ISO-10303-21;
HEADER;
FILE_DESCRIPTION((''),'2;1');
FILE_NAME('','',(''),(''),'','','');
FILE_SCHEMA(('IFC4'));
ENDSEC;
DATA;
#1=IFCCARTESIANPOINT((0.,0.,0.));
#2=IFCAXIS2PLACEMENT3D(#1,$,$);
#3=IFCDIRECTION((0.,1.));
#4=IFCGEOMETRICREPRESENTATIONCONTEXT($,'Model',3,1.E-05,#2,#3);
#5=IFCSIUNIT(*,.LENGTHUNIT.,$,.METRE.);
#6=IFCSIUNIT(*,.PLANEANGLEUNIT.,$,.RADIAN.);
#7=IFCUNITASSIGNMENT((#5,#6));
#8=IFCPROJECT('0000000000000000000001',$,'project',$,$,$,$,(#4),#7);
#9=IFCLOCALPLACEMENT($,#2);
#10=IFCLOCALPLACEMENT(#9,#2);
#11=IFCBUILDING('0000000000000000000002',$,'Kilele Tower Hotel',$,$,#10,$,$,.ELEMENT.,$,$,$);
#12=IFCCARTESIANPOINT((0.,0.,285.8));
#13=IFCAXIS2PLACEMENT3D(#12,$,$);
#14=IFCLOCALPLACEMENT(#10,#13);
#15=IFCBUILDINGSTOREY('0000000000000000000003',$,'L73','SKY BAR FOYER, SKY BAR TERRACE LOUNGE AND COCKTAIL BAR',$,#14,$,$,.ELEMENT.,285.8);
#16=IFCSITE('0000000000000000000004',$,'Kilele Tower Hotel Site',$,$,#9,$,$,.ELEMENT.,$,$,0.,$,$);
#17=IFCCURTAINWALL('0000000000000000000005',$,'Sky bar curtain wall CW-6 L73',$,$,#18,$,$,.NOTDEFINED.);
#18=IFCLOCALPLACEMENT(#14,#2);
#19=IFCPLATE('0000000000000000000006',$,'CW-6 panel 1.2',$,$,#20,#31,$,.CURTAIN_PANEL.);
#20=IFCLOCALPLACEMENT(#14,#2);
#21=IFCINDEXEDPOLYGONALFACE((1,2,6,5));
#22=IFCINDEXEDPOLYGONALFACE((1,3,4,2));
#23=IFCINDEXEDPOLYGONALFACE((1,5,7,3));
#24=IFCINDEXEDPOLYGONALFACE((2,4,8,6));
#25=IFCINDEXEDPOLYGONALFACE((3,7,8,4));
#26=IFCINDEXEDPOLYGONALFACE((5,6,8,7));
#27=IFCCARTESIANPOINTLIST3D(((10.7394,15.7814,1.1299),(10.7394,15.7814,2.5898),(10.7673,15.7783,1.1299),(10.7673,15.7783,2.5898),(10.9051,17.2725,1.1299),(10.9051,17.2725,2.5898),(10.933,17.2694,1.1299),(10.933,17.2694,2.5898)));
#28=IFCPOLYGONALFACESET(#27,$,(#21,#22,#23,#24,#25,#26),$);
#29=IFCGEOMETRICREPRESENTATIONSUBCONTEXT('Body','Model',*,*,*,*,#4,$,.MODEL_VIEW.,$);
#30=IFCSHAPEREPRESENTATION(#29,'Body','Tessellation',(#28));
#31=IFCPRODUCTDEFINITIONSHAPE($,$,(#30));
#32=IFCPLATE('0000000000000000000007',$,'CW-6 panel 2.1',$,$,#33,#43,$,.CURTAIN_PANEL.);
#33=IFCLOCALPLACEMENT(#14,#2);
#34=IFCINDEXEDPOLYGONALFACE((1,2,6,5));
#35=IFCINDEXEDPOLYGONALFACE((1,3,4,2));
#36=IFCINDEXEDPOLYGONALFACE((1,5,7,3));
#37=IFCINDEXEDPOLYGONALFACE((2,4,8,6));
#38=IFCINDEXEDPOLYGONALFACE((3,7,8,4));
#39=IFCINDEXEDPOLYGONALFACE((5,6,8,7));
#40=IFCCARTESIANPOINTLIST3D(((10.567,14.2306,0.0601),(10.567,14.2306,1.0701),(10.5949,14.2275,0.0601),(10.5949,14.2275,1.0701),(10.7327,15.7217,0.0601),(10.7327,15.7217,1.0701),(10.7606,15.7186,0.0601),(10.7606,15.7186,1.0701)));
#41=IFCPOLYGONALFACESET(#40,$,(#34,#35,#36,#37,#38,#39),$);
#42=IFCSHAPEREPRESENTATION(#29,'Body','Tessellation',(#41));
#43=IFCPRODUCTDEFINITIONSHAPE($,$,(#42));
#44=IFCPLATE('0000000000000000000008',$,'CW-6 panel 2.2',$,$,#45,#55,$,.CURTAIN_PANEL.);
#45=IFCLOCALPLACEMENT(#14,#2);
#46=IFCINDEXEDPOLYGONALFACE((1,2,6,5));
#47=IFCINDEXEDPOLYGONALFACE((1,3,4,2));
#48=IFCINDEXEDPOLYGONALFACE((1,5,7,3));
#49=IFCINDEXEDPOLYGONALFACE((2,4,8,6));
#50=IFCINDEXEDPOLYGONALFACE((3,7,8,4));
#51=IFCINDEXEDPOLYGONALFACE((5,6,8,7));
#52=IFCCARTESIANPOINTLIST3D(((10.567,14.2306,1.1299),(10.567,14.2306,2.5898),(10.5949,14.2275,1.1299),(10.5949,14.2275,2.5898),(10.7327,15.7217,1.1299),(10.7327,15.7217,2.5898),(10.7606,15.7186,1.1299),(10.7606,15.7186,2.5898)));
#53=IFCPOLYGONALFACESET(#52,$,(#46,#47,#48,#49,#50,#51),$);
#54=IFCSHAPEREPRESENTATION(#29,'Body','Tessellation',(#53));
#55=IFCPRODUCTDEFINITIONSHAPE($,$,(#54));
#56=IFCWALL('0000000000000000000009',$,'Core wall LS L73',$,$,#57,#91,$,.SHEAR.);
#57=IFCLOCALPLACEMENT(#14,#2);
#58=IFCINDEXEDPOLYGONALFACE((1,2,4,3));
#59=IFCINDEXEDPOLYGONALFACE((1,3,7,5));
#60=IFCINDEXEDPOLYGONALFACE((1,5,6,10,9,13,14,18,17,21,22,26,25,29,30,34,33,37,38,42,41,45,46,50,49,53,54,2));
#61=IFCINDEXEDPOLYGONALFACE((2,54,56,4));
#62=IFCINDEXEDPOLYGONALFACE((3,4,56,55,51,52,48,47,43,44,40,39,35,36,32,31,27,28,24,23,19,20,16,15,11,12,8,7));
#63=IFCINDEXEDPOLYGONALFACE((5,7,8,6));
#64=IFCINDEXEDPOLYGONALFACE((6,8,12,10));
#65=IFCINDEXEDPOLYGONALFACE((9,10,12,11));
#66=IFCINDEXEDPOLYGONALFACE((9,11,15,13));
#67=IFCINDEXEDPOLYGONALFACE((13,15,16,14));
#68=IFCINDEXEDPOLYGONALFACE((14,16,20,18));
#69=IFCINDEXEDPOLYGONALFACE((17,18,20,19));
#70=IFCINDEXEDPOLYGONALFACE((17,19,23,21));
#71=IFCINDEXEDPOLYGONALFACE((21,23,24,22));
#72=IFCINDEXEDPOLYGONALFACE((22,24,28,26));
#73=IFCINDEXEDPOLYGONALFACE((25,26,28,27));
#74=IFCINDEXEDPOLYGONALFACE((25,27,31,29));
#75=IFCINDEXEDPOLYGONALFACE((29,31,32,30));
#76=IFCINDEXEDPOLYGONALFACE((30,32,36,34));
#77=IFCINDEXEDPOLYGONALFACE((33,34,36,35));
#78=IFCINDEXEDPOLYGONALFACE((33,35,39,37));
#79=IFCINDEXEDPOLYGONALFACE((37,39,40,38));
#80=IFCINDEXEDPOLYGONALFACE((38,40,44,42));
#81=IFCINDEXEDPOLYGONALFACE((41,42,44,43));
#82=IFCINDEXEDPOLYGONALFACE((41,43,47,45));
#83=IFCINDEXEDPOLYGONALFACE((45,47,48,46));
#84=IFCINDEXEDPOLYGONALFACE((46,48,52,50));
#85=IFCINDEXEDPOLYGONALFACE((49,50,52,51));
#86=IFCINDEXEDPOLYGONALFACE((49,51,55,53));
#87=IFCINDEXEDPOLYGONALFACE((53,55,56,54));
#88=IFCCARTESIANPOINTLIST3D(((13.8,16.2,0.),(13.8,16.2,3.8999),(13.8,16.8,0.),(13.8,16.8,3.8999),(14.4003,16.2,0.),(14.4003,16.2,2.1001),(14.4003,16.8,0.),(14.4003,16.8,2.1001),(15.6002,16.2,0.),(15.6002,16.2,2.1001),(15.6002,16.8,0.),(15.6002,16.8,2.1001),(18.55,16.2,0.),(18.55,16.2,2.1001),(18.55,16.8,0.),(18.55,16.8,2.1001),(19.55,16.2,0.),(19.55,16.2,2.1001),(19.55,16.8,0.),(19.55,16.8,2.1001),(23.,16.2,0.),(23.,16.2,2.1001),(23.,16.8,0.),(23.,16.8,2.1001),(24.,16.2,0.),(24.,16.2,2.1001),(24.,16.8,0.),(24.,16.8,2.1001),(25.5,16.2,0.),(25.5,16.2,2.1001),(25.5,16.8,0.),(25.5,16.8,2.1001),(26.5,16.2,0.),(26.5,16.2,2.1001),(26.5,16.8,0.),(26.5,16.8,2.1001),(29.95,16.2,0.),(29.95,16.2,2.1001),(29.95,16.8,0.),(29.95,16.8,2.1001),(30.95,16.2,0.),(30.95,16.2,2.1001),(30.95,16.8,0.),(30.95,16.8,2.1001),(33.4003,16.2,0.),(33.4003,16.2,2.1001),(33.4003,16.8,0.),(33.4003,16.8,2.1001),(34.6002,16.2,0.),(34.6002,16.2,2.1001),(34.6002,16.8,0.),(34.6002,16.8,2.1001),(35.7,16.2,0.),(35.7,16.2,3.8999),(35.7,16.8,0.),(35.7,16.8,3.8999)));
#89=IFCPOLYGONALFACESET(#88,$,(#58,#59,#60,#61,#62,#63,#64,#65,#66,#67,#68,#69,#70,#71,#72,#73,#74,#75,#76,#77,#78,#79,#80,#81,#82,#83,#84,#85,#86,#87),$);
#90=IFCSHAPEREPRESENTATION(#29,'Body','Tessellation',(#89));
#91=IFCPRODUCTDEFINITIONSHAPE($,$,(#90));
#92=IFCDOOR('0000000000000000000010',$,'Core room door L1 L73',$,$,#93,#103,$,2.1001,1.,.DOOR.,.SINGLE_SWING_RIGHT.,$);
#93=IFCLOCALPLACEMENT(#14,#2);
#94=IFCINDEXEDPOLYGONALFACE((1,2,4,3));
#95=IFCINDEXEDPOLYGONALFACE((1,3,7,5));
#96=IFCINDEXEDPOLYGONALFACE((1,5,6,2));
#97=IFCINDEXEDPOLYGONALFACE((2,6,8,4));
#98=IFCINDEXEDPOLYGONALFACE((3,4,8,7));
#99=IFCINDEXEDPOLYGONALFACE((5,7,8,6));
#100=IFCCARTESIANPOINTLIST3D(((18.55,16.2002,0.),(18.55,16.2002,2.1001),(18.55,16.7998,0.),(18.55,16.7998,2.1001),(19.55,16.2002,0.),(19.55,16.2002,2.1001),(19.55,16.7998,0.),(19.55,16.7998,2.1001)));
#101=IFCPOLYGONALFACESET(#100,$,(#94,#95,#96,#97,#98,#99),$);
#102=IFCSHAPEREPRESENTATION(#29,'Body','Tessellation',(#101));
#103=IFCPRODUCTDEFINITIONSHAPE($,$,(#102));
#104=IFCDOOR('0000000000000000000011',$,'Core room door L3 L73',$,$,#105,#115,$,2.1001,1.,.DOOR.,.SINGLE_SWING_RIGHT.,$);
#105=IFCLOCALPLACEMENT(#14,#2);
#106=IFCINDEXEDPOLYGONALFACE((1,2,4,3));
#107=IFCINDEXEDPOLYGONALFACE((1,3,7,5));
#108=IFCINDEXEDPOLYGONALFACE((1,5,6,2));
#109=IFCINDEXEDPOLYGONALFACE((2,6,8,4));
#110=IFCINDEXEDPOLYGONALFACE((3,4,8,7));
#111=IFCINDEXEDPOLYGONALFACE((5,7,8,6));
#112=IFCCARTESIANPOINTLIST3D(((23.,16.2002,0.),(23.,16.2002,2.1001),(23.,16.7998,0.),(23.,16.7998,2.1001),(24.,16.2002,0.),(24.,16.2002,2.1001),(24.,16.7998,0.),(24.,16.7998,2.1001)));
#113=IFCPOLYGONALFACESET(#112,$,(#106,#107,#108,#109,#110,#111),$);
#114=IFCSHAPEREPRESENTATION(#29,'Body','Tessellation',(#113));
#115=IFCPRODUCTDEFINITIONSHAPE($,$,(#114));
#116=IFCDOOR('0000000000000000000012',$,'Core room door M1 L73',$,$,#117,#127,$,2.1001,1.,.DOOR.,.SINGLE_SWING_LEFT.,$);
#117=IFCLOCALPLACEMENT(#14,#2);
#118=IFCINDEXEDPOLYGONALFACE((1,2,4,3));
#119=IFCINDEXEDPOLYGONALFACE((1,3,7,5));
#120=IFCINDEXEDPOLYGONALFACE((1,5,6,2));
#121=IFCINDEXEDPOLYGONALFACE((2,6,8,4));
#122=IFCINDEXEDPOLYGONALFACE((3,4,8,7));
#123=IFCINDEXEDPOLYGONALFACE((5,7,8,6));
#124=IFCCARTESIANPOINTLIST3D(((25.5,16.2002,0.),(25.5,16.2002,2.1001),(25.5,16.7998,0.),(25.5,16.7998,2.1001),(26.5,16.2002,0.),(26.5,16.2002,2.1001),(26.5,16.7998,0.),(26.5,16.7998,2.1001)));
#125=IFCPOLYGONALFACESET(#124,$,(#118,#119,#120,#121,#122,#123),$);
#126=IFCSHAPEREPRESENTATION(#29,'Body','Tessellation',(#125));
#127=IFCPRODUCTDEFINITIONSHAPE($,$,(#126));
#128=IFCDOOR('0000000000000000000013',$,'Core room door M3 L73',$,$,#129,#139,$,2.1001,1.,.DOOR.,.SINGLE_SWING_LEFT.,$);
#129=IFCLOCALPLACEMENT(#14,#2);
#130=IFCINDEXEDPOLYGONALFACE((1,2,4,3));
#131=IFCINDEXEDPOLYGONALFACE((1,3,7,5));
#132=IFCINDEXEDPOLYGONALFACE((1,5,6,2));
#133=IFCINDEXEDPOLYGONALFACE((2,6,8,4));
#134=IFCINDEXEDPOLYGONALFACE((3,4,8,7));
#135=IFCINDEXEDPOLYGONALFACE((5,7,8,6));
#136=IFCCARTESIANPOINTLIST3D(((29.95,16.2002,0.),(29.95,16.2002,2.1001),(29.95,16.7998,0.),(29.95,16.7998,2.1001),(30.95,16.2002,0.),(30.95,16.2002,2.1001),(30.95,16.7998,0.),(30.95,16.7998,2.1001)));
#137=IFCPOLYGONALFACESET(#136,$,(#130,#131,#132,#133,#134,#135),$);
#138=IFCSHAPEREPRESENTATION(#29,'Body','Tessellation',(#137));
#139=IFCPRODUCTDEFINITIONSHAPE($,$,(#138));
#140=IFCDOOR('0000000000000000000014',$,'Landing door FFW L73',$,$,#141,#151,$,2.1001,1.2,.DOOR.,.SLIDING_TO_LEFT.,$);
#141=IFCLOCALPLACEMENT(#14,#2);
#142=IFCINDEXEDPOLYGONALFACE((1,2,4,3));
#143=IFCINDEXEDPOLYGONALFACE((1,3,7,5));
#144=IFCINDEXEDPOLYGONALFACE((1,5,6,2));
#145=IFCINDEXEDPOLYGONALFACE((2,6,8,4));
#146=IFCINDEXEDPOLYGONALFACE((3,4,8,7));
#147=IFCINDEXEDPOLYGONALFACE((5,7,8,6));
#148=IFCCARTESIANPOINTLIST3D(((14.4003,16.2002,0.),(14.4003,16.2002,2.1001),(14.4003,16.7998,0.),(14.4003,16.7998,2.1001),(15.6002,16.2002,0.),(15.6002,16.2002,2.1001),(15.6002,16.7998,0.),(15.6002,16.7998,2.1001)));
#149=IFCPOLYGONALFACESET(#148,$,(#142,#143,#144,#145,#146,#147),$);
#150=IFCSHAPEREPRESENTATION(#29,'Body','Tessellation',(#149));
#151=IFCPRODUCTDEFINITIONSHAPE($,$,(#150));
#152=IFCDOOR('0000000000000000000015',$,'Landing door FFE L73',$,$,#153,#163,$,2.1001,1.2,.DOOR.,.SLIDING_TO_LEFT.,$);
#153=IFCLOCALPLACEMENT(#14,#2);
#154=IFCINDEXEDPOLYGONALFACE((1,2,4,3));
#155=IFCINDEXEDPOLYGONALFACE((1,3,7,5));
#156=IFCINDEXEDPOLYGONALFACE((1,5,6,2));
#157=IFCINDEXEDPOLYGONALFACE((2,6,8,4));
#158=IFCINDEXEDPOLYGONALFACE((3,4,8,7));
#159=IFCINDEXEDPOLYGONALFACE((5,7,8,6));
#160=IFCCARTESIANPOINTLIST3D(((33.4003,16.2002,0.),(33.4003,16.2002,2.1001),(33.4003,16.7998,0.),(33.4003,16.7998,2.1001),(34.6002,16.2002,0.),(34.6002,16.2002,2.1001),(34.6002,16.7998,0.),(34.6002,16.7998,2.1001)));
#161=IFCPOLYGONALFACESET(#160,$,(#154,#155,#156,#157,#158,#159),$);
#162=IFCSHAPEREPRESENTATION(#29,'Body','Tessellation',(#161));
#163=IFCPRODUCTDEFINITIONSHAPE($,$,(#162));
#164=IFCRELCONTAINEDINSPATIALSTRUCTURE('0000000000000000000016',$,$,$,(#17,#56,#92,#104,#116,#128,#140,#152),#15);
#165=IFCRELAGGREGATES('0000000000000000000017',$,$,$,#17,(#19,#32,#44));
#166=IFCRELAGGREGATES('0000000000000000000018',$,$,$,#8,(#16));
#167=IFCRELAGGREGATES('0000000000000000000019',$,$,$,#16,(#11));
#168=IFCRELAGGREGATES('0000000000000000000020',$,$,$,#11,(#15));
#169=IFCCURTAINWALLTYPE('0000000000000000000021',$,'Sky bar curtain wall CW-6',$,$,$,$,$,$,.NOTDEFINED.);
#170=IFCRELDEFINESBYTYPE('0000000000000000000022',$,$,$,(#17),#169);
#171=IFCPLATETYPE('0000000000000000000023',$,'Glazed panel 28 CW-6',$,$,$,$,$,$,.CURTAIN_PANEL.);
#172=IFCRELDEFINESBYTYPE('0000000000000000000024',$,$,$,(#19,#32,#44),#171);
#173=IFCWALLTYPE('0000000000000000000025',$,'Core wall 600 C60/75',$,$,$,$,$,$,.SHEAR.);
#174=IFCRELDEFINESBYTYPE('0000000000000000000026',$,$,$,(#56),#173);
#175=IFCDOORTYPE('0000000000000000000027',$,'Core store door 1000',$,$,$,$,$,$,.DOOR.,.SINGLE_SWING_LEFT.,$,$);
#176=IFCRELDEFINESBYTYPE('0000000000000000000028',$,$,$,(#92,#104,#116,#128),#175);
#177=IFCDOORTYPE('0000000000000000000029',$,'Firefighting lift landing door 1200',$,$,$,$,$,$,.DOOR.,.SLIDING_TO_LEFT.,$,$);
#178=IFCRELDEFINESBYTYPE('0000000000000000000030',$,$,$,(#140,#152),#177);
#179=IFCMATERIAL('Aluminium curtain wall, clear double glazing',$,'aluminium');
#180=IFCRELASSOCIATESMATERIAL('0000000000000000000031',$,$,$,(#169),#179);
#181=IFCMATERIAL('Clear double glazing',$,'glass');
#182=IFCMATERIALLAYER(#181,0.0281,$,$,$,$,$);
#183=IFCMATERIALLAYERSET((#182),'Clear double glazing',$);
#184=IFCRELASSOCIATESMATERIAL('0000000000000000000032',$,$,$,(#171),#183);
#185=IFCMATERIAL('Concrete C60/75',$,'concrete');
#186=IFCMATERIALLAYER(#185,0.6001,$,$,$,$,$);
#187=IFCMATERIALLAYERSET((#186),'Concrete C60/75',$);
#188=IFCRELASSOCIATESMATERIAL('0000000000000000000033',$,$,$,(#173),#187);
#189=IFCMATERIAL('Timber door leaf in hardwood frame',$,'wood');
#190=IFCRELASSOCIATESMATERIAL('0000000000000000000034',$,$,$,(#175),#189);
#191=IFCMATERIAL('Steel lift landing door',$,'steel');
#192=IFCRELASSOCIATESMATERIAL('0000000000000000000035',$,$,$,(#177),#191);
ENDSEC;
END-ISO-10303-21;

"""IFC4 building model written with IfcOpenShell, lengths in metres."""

from ifc_helpers import new_model, si_unit, direction, frame, frame_2d, origin, origin_2d, place, context, subcontext, project, spatial, rectangle, extrude, material, layer, layer_set, type_object, element, fill, aggregate, save


model = new_model("IFC4")

# Units and contexts
model_context = context("Model", 3, precision=1e-05, world=origin(), true_north=direction((0.0, 1.0)))
body_context = subcontext(model_context, "Body", "Model", "MODEL_VIEW")
ifc_project = project(units=[si_unit("LENGTHUNIT", "METRE"), si_unit("PLANEANGLEUNIT", "RADIAN")], contexts=[model_context])

# Site, building, storey
site_placement = place(None, origin())
site = spatial("IfcSite", under=ifc_project, at=site_placement, Name="Kilele Tower Hotel Site", CompositionType="ELEMENT", RefElevation=0.0)
building_placement = place(site_placement, origin())
building = spatial("IfcBuilding", under=site, at=building_placement, Name="Kilele Tower Hotel", CompositionType="ELEMENT")
storey_placement = place(building_placement, frame((0.0, 0.0, 285.8)))
storey = spatial("IfcBuildingStorey", under=building, at=storey_placement, Name="L73", Description="SKY BAR FOYER, SKY BAR TERRACE LOUNGE AND COCKTAIL BAR", CompositionType="ELEMENT", Elevation=285.8)

# Curtain wall
ifc_material_1 = material(Name="Aluminium curtain wall, clear double glazing", Category="aluminium")
curtain_wall_type = type_object("IfcCurtainWallType", Name="Sky bar curtain wall CW-6", PredefinedType="NOTDEFINED", material=ifc_material_1)
curtain_wall_placement = place(storey_placement, origin())
curtain_wall = element("IfcCurtainWall", 1, at=curtain_wall_placement, inside=storey, type_object=curtain_wall_type, Name="Sky bar curtain wall CW-6 L73", PredefinedType="NOTDEFINED")

# Plates
ifc_material_2 = material(Name="Clear double glazing", Category="glass")
ifc_layer_1 = layer(ifc_material_2, 0.0281)
ifc_layer_set_1 = layer_set([ifc_layer_1], Name="Clear double glazing")
plate_type = type_object("IfcPlateType", Name="Glazed panel 28 CW-6", PredefinedType="CURTAIN_PANEL", material=ifc_layer_set_1)
plate_1_placement = place(storey_placement, frame((10.8362, 16.5254, 1.1299), z_axis=(0.0, 0.0, 1.0), x_axis=(-0.110432, -0.993884, 0.0)))
plate_1 = element("IfcPlate", 2, at=plate_1_placement, type_object=plate_type, Name="CW-6 panel 1.2", PredefinedType="CURTAIN_PANEL", context=body_context, shape_type="SweptSolid", body=[
    extrude(rectangle(XDim=1.5002, YDim=0.0281, at=origin_2d()), origin(), (0.0, 0.0, 1.0), 1.46),
])
plate_2_placement = place(storey_placement, frame((10.6638, 14.9746, 0.0601), z_axis=(0.0, 0.0, 1.0), x_axis=(-0.110432, -0.993884, 0.0)))
plate_2 = element("IfcPlate", 3, at=plate_2_placement, type_object=plate_type, Name="CW-6 panel 2.1", PredefinedType="CURTAIN_PANEL", context=body_context, shape_type="SweptSolid", body=[
    extrude(rectangle(XDim=1.5002, YDim=0.0281, at=origin_2d()), origin(), (0.0, 0.0, 1.0), 1.01),
])
plate_3_placement = place(storey_placement, frame((10.6638, 14.9746, 1.1299), z_axis=(0.0, 0.0, 1.0), x_axis=(-0.110432, -0.993884, 0.0)))
plate_3 = element("IfcPlate", 4, at=plate_3_placement, type_object=plate_type, Name="CW-6 panel 2.2", PredefinedType="CURTAIN_PANEL", context=body_context, shape_type="SweptSolid", body=[
    extrude(rectangle(XDim=1.5002, YDim=0.0281, at=origin_2d()), origin(), (0.0, 0.0, 1.0), 1.46),
])
aggregate(curtain_wall, [plate_1, plate_2, plate_3])

# Wall, openings, doors
ifc_material_3 = material(Name="Concrete C60/75", Category="concrete")
ifc_layer_2 = layer(ifc_material_3, 0.6001)
ifc_layer_set_2 = layer_set([ifc_layer_2], Name="Concrete C60/75")
wall_type = type_object("IfcWallType", Name="Core wall 600 C60/75", PredefinedType="SHEAR", material=ifc_layer_set_2)
wall_1_placement = place(storey_placement, frame((13.8, 16.5, 0.0), z_axis=(0.0, 0.0, 1.0), x_axis=(1.0, 0.0, 0.0)))
wall_1 = element("IfcWall", 5, at=wall_1_placement, inside=storey, type_object=wall_type, Name="Core wall LS L73", PredefinedType="SHEAR", context=body_context, shape_type="SweptSolid", body=[
    extrude(rectangle(XDim=21.8999, YDim=0.6001, at=frame_2d((10.95, 0.0))), origin(), (0.0, 0.0, 1.0), 3.8999),
])
opening_1_placement = place(wall_1_placement, frame((5.75, 0.0, 0.0), z_axis=(0.0, 0.0, 1.0), x_axis=(-1.0, 0.0, 0.0)))
opening_1 = element("IfcOpeningElement", 6, at=opening_1_placement, cuts=wall_1, PredefinedType="OPENING", context=body_context, shape_type="SweptSolid", body=[
    extrude(rectangle(XDim=1.0, YDim=2.1001, at=frame_2d((0.5, 1.05))), frame((0.0, 0.3101, 0.0), z_axis=(0.0, -1.0, 0.0), x_axis=(1.0, 0.0, 0.0)), (0.0, 0.0, 1.0), 0.6201),
])
opening_2_placement = place(wall_1_placement, frame((10.2, 0.0, 0.0), z_axis=(0.0, 0.0, 1.0), x_axis=(-1.0, 0.0, 0.0)))
opening_2 = element("IfcOpeningElement", 7, at=opening_2_placement, cuts=wall_1, PredefinedType="OPENING", context=body_context, shape_type="SweptSolid", body=[
    extrude(rectangle(XDim=1.0, YDim=2.1001, at=frame_2d((0.5, 1.05))), frame((0.0, 0.3101, 0.0), z_axis=(0.0, -1.0, 0.0), x_axis=(1.0, 0.0, 0.0)), (0.0, 0.0, 1.0), 0.6201),
])
opening_3_placement = place(wall_1_placement, frame((12.7, 0.0, 0.0), z_axis=(0.0, 0.0, 1.0), x_axis=(-1.0, 0.0, 0.0)))
opening_3 = element("IfcOpeningElement", 8, at=opening_3_placement, cuts=wall_1, PredefinedType="OPENING", context=body_context, shape_type="SweptSolid", body=[
    extrude(rectangle(XDim=1.0, YDim=2.1001, at=frame_2d((0.5, 1.05))), frame((0.0, 0.3101, 0.0), z_axis=(0.0, -1.0, 0.0), x_axis=(1.0, 0.0, 0.0)), (0.0, 0.0, 1.0), 0.6201),
])
opening_4_placement = place(wall_1_placement, frame((17.1499, 0.0, 0.0), z_axis=(0.0, 0.0, 1.0), x_axis=(-1.0, 0.0, 0.0)))
opening_4 = element("IfcOpeningElement", 9, at=opening_4_placement, cuts=wall_1, PredefinedType="OPENING", context=body_context, shape_type="SweptSolid", body=[
    extrude(rectangle(XDim=1.0, YDim=2.1001, at=frame_2d((0.5, 1.05))), frame((0.0, 0.3101, 0.0), z_axis=(0.0, -1.0, 0.0), x_axis=(1.0, 0.0, 0.0)), (0.0, 0.0, 1.0), 0.6201),
])
opening_5_placement = place(wall_1_placement, frame((0.6001, 0.0, 0.0)))
opening_5 = element("IfcOpeningElement", 10, at=opening_5_placement, cuts=wall_1, PredefinedType="OPENING", context=body_context, shape_type="SweptSolid", body=[
    extrude(rectangle(XDim=1.2, YDim=2.1001, at=frame_2d((0.6001, 1.05))), frame((0.0, 0.3101, 0.0), z_axis=(0.0, -1.0, 0.0), x_axis=(1.0, 0.0, 0.0)), (0.0, 0.0, 1.0), 0.6201),
])
opening_6_placement = place(wall_1_placement, frame((19.6001, 0.0, 0.0)))
opening_6 = element("IfcOpeningElement", 11, at=opening_6_placement, cuts=wall_1, PredefinedType="OPENING", context=body_context, shape_type="SweptSolid", body=[
    extrude(rectangle(XDim=1.2, YDim=2.1001, at=frame_2d((0.6001, 1.05))), frame((0.0, 0.3101, 0.0), z_axis=(0.0, -1.0, 0.0), x_axis=(1.0, 0.0, 0.0)), (0.0, 0.0, 1.0), 0.6201),
])
ifc_material_4 = material(Name="Timber door leaf in hardwood frame", Category="wood")
door_type_1 = type_object("IfcDoorType", Name="Core store door 1000", OperationType="SINGLE_SWING_LEFT", PredefinedType="DOOR", material=ifc_material_4)
door_1_placement = place(opening_1_placement, origin())
door_1 = element("IfcDoor", 12, at=door_1_placement, inside=storey, type_object=door_type_1, Name="Core room door L1 L73", OperationType="SINGLE_SWING_RIGHT", OverallHeight=2.1001, OverallWidth=1.0, PredefinedType="DOOR", context=body_context, shape_type="SweptSolid", body=[
    extrude(rectangle(XDim=1.0, YDim=2.1001, at=frame_2d((0.5, 1.05))), frame((0.0, 0.2998, 0.0), z_axis=(0.0, -1.0, 0.0), x_axis=(1.0, 0.0, 0.0)), (0.0, 0.0, 1.0), 0.5996),
])
fill(opening_1, door_1)
door_2_placement = place(opening_2_placement, origin())
door_2 = element("IfcDoor", 13, at=door_2_placement, inside=storey, type_object=door_type_1, Name="Core room door L3 L73", OperationType="SINGLE_SWING_RIGHT", OverallHeight=2.1001, OverallWidth=1.0, PredefinedType="DOOR", context=body_context, shape_type="SweptSolid", body=[
    extrude(rectangle(XDim=1.0, YDim=2.1001, at=frame_2d((0.5, 1.05))), frame((0.0, 0.2998, 0.0), z_axis=(0.0, -1.0, 0.0), x_axis=(1.0, 0.0, 0.0)), (0.0, 0.0, 1.0), 0.5996),
])
fill(opening_2, door_2)
door_3_placement = place(opening_3_placement, origin())
door_3 = element("IfcDoor", 14, at=door_3_placement, inside=storey, type_object=door_type_1, Name="Core room door M1 L73", OperationType="SINGLE_SWING_LEFT", OverallHeight=2.1001, OverallWidth=1.0, PredefinedType="DOOR", context=body_context, shape_type="SweptSolid", body=[
    extrude(rectangle(XDim=1.0, YDim=2.1001, at=frame_2d((0.5, 1.05))), frame((0.0, 0.2998, 0.0), z_axis=(0.0, -1.0, 0.0), x_axis=(1.0, 0.0, 0.0)), (0.0, 0.0, 1.0), 0.5996),
])
fill(opening_3, door_3)
door_4_placement = place(opening_4_placement, origin())
door_4 = element("IfcDoor", 15, at=door_4_placement, inside=storey, type_object=door_type_1, Name="Core room door M3 L73", OperationType="SINGLE_SWING_LEFT", OverallHeight=2.1001, OverallWidth=1.0, PredefinedType="DOOR", context=body_context, shape_type="SweptSolid", body=[
    extrude(rectangle(XDim=1.0, YDim=2.1001, at=frame_2d((0.5, 1.05))), frame((0.0, 0.2998, 0.0), z_axis=(0.0, -1.0, 0.0), x_axis=(1.0, 0.0, 0.0)), (0.0, 0.0, 1.0), 0.5996),
])
fill(opening_4, door_4)
ifc_material_5 = material(Name="Steel lift landing door", Category="steel")
door_type_2 = type_object("IfcDoorType", Name="Firefighting lift landing door 1200", OperationType="SLIDING_TO_LEFT", PredefinedType="DOOR", material=ifc_material_5)
door_5_placement = place(opening_5_placement, origin())
door_5 = element("IfcDoor", 16, at=door_5_placement, inside=storey, type_object=door_type_2, Name="Landing door FFW L73", OperationType="SLIDING_TO_LEFT", OverallHeight=2.1001, OverallWidth=1.2, PredefinedType="DOOR", context=body_context, shape_type="SweptSolid", body=[
    extrude(rectangle(XDim=1.2, YDim=2.1001, at=frame_2d((0.6001, 1.05))), frame((0.0, 0.2998, 0.0), z_axis=(0.0, -1.0, 0.0), x_axis=(1.0, 0.0, 0.0)), (0.0, 0.0, 1.0), 0.5996),
])
fill(opening_5, door_5)
door_6_placement = place(opening_6_placement, origin())
door_6 = element("IfcDoor", 17, at=door_6_placement, inside=storey, type_object=door_type_2, Name="Landing door FFE L73", OperationType="SLIDING_TO_LEFT", OverallHeight=2.1001, OverallWidth=1.2, PredefinedType="DOOR", context=body_context, shape_type="SweptSolid", body=[
    extrude(rectangle(XDim=1.2, YDim=2.1001, at=frame_2d((0.6001, 1.05))), frame((0.0, 0.2998, 0.0), z_axis=(0.0, -1.0, 0.0), x_axis=(1.0, 0.0, 0.0)), (0.0, 0.0, 1.0), 0.5996),
])
fill(opening_6, door_6)

save(model, "model.ifc")
